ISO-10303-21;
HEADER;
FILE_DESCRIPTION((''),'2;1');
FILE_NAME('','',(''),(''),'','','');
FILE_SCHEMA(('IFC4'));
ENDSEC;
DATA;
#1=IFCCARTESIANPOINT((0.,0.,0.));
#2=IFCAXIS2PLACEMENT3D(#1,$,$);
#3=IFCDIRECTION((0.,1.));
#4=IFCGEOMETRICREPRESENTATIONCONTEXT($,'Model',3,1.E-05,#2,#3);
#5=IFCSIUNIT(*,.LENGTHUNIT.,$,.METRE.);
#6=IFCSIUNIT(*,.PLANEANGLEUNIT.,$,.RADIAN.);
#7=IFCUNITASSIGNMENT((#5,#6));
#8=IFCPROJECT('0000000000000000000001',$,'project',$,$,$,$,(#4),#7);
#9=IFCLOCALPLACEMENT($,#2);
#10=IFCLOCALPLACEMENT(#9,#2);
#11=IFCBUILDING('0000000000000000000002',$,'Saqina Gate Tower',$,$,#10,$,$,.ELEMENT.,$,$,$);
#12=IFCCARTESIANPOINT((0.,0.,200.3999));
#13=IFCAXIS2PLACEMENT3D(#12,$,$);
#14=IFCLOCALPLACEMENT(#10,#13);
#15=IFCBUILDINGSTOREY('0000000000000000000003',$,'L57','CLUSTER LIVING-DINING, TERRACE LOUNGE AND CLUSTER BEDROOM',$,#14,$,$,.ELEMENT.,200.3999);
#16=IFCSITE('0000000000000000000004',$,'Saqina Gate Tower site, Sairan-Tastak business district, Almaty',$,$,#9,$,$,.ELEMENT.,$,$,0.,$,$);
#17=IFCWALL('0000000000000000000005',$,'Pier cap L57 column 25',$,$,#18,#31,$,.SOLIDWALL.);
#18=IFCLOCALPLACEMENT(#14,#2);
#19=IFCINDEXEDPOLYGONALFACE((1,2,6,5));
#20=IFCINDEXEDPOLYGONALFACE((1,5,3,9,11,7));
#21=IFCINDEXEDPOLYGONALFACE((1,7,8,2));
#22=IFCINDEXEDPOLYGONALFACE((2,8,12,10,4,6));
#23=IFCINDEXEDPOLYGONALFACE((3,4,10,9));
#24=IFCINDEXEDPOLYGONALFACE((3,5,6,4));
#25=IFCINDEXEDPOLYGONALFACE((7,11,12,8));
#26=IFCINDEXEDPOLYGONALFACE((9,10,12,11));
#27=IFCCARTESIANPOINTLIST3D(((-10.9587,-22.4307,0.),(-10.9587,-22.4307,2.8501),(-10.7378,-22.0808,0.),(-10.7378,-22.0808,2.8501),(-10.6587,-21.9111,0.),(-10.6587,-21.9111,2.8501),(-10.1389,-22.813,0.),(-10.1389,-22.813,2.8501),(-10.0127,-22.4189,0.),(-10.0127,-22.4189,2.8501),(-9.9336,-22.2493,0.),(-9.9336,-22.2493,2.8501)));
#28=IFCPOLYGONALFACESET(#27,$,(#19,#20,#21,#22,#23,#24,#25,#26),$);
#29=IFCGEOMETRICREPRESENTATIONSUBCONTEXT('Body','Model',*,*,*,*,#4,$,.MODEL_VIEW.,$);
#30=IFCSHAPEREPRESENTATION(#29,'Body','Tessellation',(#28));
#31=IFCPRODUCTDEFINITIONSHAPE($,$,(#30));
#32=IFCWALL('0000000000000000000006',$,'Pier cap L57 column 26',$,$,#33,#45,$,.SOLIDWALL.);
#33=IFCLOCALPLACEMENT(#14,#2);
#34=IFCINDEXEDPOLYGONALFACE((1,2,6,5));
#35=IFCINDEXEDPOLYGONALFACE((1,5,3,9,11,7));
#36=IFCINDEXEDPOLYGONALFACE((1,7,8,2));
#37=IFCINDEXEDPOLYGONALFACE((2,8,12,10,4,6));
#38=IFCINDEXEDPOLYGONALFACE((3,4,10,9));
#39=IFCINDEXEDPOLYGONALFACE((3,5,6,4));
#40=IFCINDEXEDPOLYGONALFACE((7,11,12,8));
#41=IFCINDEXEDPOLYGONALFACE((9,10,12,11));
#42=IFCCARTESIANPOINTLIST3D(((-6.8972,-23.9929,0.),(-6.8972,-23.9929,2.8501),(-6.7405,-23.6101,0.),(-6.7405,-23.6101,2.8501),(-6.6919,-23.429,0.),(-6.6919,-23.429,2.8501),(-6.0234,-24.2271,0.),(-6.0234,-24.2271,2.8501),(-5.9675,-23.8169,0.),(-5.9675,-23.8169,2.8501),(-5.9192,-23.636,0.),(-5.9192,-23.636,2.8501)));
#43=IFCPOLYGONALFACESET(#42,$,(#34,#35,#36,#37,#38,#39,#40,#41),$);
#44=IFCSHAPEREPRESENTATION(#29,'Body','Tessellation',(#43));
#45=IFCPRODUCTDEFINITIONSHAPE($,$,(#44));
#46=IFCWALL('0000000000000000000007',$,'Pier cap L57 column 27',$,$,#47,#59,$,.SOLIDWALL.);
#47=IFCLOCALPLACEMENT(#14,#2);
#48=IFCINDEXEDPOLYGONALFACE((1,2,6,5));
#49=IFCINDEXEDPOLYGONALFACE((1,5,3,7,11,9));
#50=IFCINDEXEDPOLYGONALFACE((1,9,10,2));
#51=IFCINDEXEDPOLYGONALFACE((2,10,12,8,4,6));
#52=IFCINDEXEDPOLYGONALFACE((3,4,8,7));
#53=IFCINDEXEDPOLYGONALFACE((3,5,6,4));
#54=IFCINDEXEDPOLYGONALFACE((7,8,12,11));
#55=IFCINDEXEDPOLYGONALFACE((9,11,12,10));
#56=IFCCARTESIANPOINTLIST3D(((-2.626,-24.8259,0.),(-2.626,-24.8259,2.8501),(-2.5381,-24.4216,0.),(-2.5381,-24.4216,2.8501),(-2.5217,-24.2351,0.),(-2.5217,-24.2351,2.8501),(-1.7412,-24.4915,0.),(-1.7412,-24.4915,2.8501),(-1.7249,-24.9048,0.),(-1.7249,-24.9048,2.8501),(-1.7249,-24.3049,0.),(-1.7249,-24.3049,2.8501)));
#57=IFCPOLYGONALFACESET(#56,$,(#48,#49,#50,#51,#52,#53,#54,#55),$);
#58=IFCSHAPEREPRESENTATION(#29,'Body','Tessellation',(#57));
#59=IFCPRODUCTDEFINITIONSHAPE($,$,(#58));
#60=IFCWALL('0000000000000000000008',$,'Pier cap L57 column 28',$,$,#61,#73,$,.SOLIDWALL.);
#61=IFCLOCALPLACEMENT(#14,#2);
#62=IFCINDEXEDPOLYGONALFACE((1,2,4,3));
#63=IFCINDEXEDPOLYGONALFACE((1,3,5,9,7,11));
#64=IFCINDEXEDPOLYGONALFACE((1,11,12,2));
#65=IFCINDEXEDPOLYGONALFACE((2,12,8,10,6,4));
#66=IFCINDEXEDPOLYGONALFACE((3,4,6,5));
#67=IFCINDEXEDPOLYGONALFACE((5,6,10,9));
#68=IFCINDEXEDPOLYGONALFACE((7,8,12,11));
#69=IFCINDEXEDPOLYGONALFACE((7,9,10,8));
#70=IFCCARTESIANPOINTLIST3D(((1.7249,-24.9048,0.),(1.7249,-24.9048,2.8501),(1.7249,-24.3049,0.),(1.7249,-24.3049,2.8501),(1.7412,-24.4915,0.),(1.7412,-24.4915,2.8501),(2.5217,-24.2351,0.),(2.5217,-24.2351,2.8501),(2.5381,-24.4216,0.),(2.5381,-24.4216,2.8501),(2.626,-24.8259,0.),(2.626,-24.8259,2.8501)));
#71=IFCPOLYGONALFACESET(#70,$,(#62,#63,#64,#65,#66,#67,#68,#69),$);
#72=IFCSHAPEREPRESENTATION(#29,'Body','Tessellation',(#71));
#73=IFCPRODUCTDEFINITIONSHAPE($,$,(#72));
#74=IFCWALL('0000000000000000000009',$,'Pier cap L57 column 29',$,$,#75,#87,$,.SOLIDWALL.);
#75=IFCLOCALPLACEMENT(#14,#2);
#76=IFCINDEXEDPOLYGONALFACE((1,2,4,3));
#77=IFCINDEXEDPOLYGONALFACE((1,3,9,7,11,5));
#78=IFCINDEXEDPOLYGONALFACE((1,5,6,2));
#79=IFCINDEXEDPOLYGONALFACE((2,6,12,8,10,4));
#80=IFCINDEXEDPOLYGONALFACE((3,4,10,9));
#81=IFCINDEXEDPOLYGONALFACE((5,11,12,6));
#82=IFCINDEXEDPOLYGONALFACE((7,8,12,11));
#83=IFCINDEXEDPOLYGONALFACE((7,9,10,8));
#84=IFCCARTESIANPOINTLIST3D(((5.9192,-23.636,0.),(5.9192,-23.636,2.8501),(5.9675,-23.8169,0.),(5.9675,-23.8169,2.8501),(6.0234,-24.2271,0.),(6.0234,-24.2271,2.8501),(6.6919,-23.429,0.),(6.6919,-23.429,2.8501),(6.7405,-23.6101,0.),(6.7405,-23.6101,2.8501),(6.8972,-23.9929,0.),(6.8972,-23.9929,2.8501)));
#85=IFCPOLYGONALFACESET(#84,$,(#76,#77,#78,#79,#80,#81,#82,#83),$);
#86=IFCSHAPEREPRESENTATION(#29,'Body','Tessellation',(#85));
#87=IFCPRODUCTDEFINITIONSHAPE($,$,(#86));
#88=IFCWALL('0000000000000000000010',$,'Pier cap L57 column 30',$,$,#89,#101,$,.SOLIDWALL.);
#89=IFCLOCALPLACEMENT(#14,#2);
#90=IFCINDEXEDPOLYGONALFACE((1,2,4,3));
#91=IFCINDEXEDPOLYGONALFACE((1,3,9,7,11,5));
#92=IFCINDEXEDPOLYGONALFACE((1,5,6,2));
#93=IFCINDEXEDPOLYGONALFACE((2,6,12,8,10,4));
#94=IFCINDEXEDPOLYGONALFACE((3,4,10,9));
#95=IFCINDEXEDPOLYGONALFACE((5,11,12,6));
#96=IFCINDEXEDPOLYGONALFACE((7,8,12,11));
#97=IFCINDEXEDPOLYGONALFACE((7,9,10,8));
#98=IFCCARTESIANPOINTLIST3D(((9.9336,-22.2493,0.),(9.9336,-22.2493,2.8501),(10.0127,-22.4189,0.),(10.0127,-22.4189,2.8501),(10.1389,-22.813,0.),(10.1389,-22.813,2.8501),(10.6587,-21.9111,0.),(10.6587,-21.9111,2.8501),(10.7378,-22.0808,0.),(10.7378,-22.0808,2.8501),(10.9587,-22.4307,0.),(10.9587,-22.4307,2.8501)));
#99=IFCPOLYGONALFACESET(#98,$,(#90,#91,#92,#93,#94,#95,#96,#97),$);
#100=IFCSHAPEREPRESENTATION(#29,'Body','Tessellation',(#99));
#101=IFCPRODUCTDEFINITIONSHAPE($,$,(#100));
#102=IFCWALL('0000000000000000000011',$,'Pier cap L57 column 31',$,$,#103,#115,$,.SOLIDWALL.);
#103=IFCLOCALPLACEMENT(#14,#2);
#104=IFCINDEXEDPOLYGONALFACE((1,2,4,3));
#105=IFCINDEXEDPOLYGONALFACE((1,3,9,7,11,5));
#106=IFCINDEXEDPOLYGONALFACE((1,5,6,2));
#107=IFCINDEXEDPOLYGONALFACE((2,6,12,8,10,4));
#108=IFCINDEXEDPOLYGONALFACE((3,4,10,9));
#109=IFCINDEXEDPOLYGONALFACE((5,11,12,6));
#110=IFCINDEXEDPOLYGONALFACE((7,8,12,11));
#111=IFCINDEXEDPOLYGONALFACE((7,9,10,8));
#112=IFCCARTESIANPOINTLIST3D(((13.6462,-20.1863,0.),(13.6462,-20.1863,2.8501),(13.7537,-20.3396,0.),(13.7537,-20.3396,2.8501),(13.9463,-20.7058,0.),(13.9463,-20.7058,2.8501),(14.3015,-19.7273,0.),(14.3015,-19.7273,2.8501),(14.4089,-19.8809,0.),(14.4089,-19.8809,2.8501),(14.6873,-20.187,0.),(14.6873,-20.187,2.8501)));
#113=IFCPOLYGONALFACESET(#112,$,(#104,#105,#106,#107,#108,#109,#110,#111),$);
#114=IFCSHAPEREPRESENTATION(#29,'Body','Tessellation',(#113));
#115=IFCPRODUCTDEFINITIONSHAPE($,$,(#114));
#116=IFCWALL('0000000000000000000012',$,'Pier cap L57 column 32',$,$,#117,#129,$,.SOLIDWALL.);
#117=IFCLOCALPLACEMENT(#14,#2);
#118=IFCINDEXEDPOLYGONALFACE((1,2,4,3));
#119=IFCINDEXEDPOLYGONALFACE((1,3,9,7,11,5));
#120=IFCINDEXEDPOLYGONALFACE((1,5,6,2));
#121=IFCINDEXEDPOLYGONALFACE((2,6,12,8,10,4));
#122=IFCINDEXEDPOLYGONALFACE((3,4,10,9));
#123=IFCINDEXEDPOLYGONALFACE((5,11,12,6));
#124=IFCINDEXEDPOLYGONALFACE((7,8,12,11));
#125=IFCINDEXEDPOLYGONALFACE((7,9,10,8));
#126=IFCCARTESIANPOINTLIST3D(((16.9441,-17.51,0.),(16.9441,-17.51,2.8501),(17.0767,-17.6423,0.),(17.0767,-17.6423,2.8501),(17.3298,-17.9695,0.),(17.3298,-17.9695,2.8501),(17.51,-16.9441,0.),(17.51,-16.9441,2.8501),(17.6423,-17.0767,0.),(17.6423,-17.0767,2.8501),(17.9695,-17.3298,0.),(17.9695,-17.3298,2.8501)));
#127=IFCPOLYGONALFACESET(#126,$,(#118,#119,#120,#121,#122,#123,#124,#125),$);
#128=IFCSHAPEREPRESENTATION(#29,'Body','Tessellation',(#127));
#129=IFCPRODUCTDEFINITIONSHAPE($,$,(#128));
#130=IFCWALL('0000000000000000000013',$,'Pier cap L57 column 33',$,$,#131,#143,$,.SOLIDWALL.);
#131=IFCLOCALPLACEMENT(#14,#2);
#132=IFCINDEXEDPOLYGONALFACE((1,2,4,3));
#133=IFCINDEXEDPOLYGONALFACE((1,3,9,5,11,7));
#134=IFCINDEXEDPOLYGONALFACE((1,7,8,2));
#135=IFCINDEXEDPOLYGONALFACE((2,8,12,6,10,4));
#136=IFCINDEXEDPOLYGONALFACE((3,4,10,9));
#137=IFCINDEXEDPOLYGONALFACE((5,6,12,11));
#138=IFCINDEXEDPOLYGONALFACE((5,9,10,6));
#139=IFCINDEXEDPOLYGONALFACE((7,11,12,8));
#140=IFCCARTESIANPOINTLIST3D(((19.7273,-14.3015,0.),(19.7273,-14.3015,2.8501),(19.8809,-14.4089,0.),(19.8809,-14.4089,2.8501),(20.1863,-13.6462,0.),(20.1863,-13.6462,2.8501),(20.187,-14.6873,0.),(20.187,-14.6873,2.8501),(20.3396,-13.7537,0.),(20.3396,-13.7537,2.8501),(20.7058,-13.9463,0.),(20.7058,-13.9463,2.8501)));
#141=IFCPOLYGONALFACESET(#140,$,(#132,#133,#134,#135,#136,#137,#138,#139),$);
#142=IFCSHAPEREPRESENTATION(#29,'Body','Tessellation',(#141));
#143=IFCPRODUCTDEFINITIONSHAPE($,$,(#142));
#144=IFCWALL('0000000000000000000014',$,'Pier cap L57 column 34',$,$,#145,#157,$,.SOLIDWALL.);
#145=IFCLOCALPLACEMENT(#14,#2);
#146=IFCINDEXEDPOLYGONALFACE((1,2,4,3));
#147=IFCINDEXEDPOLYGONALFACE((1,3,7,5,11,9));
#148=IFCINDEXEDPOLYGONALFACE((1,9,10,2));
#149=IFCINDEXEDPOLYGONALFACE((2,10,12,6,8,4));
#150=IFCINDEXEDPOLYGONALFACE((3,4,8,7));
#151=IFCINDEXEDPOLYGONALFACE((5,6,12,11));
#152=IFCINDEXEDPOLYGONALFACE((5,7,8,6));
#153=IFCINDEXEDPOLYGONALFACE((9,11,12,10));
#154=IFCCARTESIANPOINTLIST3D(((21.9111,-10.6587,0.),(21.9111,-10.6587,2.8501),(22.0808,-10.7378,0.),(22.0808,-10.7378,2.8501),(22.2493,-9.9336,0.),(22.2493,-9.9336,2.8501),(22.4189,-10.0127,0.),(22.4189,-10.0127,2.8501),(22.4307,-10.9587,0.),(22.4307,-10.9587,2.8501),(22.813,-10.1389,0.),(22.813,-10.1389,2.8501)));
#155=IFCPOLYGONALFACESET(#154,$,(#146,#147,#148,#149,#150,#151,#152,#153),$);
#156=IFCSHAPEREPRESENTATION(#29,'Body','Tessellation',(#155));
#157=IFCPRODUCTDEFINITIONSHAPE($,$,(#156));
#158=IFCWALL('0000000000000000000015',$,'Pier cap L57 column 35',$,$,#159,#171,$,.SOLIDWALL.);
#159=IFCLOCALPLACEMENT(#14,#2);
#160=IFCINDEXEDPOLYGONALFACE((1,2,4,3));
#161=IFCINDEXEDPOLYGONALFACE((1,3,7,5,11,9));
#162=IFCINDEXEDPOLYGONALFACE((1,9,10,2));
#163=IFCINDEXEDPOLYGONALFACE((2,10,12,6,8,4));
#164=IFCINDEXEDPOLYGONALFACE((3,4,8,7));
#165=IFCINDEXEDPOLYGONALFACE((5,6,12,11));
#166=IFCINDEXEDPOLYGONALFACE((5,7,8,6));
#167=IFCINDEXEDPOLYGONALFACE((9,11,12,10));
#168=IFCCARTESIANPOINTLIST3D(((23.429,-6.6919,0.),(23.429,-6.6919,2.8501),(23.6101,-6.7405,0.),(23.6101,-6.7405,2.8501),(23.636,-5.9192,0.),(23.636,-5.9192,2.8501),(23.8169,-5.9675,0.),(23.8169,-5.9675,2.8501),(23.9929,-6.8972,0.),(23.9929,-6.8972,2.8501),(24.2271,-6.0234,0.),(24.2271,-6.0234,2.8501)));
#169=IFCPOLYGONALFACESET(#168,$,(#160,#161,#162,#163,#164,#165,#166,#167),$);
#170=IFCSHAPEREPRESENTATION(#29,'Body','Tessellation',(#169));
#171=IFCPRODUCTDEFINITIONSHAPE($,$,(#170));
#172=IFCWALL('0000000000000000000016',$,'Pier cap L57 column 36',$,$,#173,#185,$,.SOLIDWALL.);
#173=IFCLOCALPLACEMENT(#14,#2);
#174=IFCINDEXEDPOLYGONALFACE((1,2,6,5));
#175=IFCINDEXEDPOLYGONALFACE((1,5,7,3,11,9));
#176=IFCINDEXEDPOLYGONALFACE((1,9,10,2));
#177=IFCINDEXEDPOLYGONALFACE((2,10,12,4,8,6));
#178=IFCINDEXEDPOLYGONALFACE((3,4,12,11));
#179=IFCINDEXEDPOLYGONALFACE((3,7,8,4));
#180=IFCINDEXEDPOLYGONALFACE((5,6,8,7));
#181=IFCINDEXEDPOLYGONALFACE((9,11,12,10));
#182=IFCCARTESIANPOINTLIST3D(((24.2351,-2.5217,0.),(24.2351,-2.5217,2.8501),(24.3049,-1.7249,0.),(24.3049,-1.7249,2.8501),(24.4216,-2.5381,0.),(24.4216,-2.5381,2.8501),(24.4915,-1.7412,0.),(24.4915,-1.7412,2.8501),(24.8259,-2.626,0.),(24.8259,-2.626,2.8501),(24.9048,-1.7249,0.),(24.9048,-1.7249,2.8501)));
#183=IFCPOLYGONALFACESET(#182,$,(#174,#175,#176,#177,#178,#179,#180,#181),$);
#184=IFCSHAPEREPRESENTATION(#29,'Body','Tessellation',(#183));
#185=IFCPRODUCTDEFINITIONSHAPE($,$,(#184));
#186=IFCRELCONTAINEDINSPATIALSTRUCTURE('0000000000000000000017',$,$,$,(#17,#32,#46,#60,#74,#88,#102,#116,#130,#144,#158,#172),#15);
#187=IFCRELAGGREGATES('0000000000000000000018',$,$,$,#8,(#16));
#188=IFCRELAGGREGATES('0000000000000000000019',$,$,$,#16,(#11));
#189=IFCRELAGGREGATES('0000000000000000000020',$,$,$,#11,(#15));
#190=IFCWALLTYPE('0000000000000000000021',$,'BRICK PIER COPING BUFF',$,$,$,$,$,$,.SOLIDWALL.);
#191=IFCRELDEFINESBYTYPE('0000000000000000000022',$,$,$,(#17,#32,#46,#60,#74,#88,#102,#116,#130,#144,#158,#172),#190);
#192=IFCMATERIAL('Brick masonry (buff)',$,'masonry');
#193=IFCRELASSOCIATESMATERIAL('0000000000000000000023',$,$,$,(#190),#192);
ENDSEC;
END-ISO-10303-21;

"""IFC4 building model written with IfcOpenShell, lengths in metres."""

from ifc_helpers import new_model, si_unit, direction, frame, origin, place, context, subcontext, project, spatial, polyline, outline, extrude, material, type_object, element, save


model = new_model("IFC4")

# Units and contexts
model_context = context("Model", 3, precision=1e-05, world=origin(), true_north=direction((0.0, 1.0)))
body_context = subcontext(model_context, "Body", "Model", "MODEL_VIEW")
ifc_project = project(units=[si_unit("LENGTHUNIT", "METRE"), si_unit("PLANEANGLEUNIT", "RADIAN")], contexts=[model_context])

# Site, building, storey
site_placement = place(None, origin())
site = spatial("IfcSite", under=ifc_project, at=site_placement, Name="Saqina Gate Tower site, Sairan-Tastak business district, Almaty", CompositionType="ELEMENT", RefElevation=0.0)
building_placement = place(site_placement, origin())
building = spatial("IfcBuilding", under=site, at=building_placement, Name="Saqina Gate Tower", CompositionType="ELEMENT")
storey_placement = place(building_placement, frame((0.0, 0.0, 200.3999)))
storey = spatial("IfcBuildingStorey", under=building, at=storey_placement, Name="L57", Description="CLUSTER LIVING-DINING, TERRACE LOUNGE AND CLUSTER BEDROOM", CompositionType="ELEMENT", Elevation=200.3999)

# Walls
ifc_material_1 = material(Name="Brick masonry (buff)", Category="masonry")
wall_type_1 = type_object("IfcWallType", Name="BRICK PIER COPING BUFF", PredefinedType="SOLIDWALL", material=ifc_material_1)
wall_1_placement = place(storey_placement, origin())
element("IfcWall", 1, at=wall_1_placement, inside=storey, type_object=wall_type_1, Name="Pier cap L57 column 25", PredefinedType="SOLIDWALL", context=body_context, shape_type="SweptSolid", body=[
    extrude(outline(polyline([(-10.1389, -22.813), (-9.9336, -22.2493), (-10.0127, -22.4189), (-10.7378, -22.0808), (-10.6587, -21.9111), (-10.9587, -22.4307), (-10.1389, -22.813)])), origin(), (0.0, 0.0, 1.0), 2.8501),
])
wall_2_placement = place(storey_placement, origin())
element("IfcWall", 2, at=wall_2_placement, inside=storey, type_object=wall_type_1, Name="Pier cap L57 column 26", PredefinedType="SOLIDWALL", context=body_context, shape_type="SweptSolid", body=[
    extrude(outline(polyline([(-6.0234, -24.2271), (-5.9192, -23.636), (-5.9675, -23.8169), (-6.7405, -23.6101), (-6.6919, -23.429), (-6.8972, -23.9929), (-6.0234, -24.2271)])), origin(), (0.0, 0.0, 1.0), 2.8501),
])
wall_3_placement = place(storey_placement, origin())
element("IfcWall", 3, at=wall_3_placement, inside=storey, type_object=wall_type_1, Name="Pier cap L57 column 27", PredefinedType="SOLIDWALL", context=body_context, shape_type="SweptSolid", body=[
    extrude(outline(polyline([(-2.626, -24.8259), (-1.7249, -24.9048), (-1.7249, -24.3049), (-1.7412, -24.4915), (-2.5381, -24.4216), (-2.5217, -24.2351), (-2.626, -24.8259)])), origin(), (0.0, 0.0, 1.0), 2.8501),
])
wall_4_placement = place(storey_placement, origin())
element("IfcWall", 4, at=wall_4_placement, inside=storey, type_object=wall_type_1, Name="Pier cap L57 column 28", PredefinedType="SOLIDWALL", context=body_context, shape_type="SweptSolid", body=[
    extrude(outline(polyline([(1.7249, -24.9048), (2.626, -24.8259), (2.5217, -24.2351), (2.5381, -24.4216), (1.7412, -24.4915), (1.7249, -24.3049), (1.7249, -24.9048)])), origin(), (0.0, 0.0, 1.0), 2.8501),
])
wall_5_placement = place(storey_placement, origin())
element("IfcWall", 5, at=wall_5_placement, inside=storey, type_object=wall_type_1, Name="Pier cap L57 column 29", PredefinedType="SOLIDWALL", context=body_context, shape_type="SweptSolid", body=[
    extrude(outline(polyline([(6.0234, -24.2271), (6.8972, -23.9929), (6.6919, -23.429), (6.7405, -23.6101), (5.9675, -23.8169), (5.9192, -23.636), (6.0234, -24.2271)])), origin(), (0.0, 0.0, 1.0), 2.8501),
])
wall_6_placement = place(storey_placement, origin())
element("IfcWall", 6, at=wall_6_placement, inside=storey, type_object=wall_type_1, Name="Pier cap L57 column 30", PredefinedType="SOLIDWALL", context=body_context, shape_type="SweptSolid", body=[
    extrude(outline(polyline([(10.9587, -22.4307), (10.6587, -21.9111), (10.7378, -22.0808), (10.0127, -22.4189), (9.9336, -22.2493), (10.1389, -22.813), (10.9587, -22.4307)])), origin(), (0.0, 0.0, 1.0), 2.8501),
])
wall_7_placement = place(storey_placement, origin())
element("IfcWall", 7, at=wall_7_placement, inside=storey, type_object=wall_type_1, Name="Pier cap L57 column 31", PredefinedType="SOLIDWALL", context=body_context, shape_type="SweptSolid", body=[
    extrude(outline(polyline([(13.9463, -20.7058), (14.6873, -20.187), (14.3015, -19.7273), (14.4089, -19.8809), (13.7537, -20.3396), (13.6462, -20.1863), (13.9463, -20.7058)])), origin(), (0.0, 0.0, 1.0), 2.8501),
])
wall_8_placement = place(storey_placement, origin())
element("IfcWall", 8, at=wall_8_placement, inside=storey, type_object=wall_type_1, Name="Pier cap L57 column 32", PredefinedType="SOLIDWALL", context=body_context, shape_type="SweptSolid", body=[
    extrude(outline(polyline([(17.9695, -17.3298), (17.51, -16.9441), (17.6423, -17.0767), (17.0767, -17.6423), (16.9441, -17.51), (17.3298, -17.9695), (17.9695, -17.3298)])), origin(), (0.0, 0.0, 1.0), 2.8501),
])
wall_9_placement = place(storey_placement, origin())
element("IfcWall", 9, at=wall_9_placement, inside=storey, type_object=wall_type_1, Name="Pier cap L57 column 33", PredefinedType="SOLIDWALL", context=body_context, shape_type="SweptSolid", body=[
    extrude(outline(polyline([(20.187, -14.6873), (20.7058, -13.9463), (20.1863, -13.6462), (20.3396, -13.7537), (19.8809, -14.4089), (19.7273, -14.3015), (20.187, -14.6873)])), origin(), (0.0, 0.0, 1.0), 2.8501),
])
wall_10_placement = place(storey_placement, origin())
element("IfcWall", 10, at=wall_10_placement, inside=storey, type_object=wall_type_1, Name="Pier cap L57 column 34", PredefinedType="SOLIDWALL", context=body_context, shape_type="SweptSolid", body=[
    extrude(outline(polyline([(22.813, -10.1389), (22.2493, -9.9336), (22.4189, -10.0127), (22.0808, -10.7378), (21.9111, -10.6587), (22.4307, -10.9587), (22.813, -10.1389)])), origin(), (0.0, 0.0, 1.0), 2.8501),
])
wall_11_placement = place(storey_placement, origin())
element("IfcWall", 11, at=wall_11_placement, inside=storey, type_object=wall_type_1, Name="Pier cap L57 column 35", PredefinedType="SOLIDWALL", context=body_context, shape_type="SweptSolid", body=[
    extrude(outline(polyline([(24.2271, -6.0234), (23.636, -5.9192), (23.8169, -5.9675), (23.6101, -6.7405), (23.429, -6.6919), (23.9929, -6.8972), (24.2271, -6.0234)])), origin(), (0.0, 0.0, 1.0), 2.8501),
])
wall_12_placement = place(storey_placement, origin())
element("IfcWall", 12, at=wall_12_placement, inside=storey, type_object=wall_type_1, Name="Pier cap L57 column 36", PredefinedType="SOLIDWALL", context=body_context, shape_type="SweptSolid", body=[
    extrude(outline(polyline([(24.8259, -2.626), (24.9048, -1.7249), (24.3049, -1.7249), (24.4915, -1.7412), (24.4216, -2.5381), (24.2351, -2.5217), (24.8259, -2.626)])), origin(), (0.0, 0.0, 1.0), 2.8501),
])

save(model, "model.ifc")
